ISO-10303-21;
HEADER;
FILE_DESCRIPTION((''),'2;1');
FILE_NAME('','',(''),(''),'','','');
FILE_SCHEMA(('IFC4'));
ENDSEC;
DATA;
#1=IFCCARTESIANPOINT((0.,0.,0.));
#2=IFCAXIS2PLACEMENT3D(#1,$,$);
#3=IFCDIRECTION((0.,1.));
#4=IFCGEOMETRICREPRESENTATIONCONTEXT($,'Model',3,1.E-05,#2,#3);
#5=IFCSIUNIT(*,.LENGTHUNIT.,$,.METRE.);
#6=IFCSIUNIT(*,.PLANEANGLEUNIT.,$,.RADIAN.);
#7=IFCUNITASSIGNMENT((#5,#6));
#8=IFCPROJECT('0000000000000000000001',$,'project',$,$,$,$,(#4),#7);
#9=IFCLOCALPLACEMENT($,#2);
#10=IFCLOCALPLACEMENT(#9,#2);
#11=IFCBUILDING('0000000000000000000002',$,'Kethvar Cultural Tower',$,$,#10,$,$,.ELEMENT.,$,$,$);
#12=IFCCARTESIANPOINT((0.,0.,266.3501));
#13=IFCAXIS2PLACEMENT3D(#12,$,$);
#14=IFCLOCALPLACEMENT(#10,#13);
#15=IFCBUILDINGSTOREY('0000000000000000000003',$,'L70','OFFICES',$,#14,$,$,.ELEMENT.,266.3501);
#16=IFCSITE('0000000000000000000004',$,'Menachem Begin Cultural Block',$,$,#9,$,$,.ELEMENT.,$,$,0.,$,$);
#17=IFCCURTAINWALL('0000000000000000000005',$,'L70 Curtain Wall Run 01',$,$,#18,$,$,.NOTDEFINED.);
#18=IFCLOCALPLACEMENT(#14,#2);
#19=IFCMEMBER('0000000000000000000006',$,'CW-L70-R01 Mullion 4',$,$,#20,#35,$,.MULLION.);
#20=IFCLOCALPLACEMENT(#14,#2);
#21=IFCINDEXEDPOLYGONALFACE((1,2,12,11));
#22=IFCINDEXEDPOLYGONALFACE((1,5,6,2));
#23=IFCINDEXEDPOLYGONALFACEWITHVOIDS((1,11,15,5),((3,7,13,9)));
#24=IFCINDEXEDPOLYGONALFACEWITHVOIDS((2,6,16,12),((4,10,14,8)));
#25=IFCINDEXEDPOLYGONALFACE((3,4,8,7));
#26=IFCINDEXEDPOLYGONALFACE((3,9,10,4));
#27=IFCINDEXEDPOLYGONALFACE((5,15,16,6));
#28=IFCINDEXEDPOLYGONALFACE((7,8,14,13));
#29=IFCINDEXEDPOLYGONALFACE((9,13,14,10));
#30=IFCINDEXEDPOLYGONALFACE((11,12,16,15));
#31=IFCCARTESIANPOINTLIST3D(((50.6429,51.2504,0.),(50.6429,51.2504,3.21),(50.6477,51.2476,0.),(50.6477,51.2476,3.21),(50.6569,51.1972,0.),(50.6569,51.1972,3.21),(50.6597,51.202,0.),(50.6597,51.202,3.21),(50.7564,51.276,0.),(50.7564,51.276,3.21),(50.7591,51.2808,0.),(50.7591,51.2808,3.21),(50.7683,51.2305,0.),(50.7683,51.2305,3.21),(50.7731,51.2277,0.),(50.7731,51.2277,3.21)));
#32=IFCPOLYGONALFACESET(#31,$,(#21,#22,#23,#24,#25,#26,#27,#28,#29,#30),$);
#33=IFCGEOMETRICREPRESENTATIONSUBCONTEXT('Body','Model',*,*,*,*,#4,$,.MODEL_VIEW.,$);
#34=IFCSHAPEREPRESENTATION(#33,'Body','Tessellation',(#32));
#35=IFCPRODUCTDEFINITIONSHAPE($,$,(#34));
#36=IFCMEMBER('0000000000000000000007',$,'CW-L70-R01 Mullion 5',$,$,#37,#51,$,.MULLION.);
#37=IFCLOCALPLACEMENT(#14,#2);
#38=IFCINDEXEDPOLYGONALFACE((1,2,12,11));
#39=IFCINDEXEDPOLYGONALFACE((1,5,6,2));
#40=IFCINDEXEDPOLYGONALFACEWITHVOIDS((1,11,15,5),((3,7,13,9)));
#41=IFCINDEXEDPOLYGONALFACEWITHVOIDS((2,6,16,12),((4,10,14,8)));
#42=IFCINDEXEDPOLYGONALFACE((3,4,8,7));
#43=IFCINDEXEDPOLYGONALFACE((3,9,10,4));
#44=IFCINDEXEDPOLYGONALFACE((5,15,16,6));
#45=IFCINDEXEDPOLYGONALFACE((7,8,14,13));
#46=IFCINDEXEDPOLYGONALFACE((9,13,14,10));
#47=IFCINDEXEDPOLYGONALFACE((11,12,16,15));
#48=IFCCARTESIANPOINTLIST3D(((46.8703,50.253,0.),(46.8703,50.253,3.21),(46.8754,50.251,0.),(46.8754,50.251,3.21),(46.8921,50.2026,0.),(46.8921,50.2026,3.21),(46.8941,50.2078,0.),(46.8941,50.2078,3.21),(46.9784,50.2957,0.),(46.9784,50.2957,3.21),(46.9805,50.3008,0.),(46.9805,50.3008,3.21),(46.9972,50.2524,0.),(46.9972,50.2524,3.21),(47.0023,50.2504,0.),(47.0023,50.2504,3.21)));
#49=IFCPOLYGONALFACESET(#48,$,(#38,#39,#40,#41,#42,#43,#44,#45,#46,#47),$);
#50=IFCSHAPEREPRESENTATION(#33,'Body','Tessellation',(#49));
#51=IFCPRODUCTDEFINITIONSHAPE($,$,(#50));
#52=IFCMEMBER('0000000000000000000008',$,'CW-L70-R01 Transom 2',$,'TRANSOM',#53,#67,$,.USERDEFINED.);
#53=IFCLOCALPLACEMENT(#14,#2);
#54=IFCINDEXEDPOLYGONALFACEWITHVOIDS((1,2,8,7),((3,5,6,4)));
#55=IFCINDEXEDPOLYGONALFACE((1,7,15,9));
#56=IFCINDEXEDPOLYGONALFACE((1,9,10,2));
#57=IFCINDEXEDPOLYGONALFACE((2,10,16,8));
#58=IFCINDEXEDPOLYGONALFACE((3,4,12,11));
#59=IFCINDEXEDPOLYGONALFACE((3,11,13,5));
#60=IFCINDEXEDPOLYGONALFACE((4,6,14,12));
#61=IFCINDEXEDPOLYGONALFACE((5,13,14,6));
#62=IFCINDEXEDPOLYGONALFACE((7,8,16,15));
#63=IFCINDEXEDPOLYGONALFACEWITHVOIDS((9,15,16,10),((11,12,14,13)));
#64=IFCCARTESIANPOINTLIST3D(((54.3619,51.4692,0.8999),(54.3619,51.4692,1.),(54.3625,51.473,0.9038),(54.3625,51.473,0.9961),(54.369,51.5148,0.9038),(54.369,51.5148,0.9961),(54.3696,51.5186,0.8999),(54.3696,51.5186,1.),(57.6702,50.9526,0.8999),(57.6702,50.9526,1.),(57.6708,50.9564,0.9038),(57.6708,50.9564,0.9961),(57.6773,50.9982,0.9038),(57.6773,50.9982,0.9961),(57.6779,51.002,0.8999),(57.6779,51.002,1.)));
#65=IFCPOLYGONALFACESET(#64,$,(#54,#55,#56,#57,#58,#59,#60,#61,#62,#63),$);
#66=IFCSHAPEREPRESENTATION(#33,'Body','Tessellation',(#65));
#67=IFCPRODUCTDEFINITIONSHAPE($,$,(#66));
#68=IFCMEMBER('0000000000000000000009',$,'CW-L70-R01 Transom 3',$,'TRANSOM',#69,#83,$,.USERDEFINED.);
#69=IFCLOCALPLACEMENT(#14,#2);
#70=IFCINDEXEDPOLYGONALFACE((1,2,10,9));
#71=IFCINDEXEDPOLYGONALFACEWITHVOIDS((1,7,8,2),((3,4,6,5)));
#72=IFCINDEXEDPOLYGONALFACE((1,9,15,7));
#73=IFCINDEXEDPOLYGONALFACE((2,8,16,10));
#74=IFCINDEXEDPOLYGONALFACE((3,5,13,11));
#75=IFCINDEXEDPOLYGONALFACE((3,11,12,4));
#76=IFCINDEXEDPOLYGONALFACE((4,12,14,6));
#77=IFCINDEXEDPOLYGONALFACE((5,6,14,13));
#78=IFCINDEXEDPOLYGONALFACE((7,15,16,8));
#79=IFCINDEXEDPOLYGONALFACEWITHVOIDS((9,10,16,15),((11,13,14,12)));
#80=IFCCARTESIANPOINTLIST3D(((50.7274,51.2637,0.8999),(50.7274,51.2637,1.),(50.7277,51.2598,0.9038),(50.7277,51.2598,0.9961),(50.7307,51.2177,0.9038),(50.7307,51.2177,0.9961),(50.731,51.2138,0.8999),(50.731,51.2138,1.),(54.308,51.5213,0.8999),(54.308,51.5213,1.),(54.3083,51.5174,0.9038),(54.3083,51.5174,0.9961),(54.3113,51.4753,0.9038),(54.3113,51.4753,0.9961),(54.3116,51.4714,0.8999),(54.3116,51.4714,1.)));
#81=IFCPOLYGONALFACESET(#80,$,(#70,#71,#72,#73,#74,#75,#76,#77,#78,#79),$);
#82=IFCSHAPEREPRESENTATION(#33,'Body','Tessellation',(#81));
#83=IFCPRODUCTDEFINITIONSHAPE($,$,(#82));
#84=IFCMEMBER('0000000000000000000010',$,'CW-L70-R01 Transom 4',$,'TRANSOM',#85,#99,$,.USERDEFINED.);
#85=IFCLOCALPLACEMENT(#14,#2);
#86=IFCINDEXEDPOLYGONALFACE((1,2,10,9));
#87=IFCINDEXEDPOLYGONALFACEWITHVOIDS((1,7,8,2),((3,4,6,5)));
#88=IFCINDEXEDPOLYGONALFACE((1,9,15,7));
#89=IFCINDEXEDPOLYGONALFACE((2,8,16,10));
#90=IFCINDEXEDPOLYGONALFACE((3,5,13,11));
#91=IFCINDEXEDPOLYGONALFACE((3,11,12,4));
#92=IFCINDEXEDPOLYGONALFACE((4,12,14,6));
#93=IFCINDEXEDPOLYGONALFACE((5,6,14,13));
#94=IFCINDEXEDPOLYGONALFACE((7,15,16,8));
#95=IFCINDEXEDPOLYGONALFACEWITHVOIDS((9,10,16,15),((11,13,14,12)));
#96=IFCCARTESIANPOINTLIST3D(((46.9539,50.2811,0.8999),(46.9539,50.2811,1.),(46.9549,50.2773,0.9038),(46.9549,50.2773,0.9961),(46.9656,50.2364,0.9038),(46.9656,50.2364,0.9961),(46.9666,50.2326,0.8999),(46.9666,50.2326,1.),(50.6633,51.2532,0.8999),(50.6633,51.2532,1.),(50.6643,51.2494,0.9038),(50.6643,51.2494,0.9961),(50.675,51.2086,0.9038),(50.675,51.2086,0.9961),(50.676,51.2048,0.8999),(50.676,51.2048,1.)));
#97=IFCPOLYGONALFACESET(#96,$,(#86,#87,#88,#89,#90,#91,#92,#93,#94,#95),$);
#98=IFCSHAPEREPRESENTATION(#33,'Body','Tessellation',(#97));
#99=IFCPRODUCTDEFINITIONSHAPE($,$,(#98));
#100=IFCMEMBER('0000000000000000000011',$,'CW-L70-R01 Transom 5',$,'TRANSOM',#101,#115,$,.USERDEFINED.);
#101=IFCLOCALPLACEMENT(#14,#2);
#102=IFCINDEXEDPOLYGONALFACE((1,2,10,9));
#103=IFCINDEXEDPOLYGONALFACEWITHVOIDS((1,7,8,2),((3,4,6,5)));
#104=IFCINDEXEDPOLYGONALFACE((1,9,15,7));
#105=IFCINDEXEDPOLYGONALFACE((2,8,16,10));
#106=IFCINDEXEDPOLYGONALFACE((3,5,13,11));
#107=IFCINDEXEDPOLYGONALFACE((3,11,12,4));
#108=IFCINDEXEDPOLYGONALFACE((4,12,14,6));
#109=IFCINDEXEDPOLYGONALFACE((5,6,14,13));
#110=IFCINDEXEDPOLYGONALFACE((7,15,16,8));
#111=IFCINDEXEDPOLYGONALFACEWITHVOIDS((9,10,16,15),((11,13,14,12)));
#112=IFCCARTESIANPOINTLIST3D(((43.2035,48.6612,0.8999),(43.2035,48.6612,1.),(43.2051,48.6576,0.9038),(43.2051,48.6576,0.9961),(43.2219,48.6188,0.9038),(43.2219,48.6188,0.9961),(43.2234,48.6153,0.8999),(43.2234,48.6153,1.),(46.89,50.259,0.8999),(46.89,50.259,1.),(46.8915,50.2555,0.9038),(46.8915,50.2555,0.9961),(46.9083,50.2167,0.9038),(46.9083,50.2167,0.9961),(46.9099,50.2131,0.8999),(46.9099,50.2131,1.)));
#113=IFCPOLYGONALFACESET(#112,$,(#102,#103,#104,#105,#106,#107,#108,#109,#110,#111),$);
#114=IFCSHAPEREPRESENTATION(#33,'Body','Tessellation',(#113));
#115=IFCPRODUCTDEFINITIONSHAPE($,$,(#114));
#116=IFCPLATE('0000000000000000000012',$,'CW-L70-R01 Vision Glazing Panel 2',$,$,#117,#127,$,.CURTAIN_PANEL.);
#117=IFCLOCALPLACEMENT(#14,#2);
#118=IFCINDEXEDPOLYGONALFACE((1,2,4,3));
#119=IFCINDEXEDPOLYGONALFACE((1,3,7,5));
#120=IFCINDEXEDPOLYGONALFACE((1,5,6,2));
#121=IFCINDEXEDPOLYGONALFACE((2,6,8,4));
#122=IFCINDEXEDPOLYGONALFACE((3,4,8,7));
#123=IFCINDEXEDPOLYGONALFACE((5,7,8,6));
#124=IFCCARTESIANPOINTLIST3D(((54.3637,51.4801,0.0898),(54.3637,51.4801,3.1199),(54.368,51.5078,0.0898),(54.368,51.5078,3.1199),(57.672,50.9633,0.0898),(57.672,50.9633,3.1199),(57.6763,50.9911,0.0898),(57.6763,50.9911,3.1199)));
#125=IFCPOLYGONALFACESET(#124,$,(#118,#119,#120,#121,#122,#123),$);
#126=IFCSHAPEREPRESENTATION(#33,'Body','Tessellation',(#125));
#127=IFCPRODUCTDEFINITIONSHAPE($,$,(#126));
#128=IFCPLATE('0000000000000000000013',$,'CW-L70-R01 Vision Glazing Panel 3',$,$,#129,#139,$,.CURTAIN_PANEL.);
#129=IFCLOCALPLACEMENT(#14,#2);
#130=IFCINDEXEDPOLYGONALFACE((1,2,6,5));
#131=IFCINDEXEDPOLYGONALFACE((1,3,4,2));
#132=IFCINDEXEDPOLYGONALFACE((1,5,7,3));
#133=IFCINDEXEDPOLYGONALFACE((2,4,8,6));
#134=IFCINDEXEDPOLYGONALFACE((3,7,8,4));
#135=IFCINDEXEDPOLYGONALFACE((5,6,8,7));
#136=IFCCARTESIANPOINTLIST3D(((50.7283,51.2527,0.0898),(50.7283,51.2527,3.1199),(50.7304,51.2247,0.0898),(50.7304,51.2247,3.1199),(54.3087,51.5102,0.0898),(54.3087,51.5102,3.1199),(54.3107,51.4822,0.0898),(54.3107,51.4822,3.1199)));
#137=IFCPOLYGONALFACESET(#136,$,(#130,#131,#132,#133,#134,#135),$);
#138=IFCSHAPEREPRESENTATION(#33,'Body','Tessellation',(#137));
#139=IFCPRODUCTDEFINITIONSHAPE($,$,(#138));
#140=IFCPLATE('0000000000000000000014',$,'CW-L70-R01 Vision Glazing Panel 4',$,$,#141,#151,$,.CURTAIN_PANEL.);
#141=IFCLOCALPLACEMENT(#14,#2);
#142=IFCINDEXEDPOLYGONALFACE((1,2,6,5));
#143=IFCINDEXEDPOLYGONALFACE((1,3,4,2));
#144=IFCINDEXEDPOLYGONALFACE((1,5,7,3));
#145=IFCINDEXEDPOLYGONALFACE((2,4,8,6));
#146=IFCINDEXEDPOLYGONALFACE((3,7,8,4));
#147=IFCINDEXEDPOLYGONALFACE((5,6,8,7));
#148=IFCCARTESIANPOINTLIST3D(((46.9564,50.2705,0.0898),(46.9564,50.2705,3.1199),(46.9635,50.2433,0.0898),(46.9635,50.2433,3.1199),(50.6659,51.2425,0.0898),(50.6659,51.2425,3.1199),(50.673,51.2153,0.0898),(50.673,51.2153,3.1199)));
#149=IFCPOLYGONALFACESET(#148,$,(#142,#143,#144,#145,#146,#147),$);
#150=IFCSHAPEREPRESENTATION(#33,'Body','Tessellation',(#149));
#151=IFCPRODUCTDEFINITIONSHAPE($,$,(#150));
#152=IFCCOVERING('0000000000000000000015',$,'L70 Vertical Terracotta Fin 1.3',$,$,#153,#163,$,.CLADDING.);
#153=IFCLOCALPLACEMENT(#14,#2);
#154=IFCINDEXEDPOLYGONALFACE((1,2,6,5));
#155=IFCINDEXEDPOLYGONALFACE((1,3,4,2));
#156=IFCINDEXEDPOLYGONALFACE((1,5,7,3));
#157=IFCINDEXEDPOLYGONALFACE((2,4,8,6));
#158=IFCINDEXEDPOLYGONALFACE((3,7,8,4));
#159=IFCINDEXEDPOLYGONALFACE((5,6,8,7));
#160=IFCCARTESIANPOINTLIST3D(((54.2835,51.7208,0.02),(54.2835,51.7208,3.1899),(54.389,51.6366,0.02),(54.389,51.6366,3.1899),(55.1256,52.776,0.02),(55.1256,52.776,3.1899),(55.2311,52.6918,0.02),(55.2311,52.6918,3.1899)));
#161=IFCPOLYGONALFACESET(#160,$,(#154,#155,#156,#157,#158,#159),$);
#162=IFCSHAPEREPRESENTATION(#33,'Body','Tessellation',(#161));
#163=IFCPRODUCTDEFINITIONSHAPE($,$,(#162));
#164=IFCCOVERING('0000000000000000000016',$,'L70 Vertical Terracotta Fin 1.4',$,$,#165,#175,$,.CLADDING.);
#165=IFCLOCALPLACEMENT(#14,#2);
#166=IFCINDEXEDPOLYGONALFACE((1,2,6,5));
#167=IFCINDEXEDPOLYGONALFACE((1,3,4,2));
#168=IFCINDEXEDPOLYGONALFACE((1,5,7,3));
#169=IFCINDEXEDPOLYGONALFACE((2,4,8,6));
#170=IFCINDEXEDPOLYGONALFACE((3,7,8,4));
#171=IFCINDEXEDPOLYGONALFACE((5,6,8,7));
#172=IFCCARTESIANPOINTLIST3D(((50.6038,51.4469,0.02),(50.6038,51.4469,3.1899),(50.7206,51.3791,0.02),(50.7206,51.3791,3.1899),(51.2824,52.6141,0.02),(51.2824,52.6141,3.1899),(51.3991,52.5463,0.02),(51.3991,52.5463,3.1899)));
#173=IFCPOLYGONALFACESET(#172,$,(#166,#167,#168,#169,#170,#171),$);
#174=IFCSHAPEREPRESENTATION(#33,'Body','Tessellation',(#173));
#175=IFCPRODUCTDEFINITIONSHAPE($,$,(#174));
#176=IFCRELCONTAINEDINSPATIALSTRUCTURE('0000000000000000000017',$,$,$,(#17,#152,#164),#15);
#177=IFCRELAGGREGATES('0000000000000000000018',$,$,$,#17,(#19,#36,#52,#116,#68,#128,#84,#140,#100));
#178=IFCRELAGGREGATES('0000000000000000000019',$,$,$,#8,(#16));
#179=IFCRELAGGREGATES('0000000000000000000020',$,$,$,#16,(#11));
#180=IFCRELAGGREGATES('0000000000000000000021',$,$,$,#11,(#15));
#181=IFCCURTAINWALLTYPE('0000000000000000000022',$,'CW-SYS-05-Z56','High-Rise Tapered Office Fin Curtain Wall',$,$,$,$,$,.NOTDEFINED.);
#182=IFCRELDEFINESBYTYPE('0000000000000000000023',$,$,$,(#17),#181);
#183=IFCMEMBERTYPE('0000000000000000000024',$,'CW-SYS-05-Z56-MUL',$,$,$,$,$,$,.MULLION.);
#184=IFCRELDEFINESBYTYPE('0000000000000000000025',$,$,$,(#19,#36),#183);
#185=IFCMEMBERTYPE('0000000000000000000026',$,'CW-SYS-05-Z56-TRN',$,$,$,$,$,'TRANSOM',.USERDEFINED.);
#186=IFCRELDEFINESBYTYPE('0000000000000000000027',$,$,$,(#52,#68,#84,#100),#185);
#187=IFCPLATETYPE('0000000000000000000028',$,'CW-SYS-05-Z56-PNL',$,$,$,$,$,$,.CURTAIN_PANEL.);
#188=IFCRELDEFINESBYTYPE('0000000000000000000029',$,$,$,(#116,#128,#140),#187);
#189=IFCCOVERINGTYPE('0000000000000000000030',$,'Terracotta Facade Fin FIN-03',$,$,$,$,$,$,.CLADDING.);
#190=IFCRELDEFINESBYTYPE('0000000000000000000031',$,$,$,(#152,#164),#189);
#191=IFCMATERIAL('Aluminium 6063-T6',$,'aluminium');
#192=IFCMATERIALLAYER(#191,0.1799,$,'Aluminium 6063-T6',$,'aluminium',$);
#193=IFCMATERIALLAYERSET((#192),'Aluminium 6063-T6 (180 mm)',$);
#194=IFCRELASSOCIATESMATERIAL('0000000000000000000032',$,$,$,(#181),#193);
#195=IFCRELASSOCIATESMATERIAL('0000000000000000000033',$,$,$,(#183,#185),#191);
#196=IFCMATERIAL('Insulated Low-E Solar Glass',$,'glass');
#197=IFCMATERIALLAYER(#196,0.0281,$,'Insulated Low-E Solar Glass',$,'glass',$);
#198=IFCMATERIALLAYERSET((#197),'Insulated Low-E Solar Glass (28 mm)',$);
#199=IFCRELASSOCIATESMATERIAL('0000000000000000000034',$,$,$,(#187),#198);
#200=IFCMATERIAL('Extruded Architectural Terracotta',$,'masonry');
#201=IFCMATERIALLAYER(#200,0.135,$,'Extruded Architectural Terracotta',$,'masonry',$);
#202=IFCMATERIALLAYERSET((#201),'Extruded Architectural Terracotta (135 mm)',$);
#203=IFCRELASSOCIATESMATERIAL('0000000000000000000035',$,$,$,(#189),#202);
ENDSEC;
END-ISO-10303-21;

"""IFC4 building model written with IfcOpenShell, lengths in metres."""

from ifc_helpers import new_model, si_unit, direction, frame, origin, origin_2d, place, context, subcontext, project, spatial, rectangle, hollow_rectangle, extrude, source, transform, mapped, material, layer, layer_set, material_profile, profile_set, type_object, element, aggregate, save


model = new_model("IFC4")

# Units and contexts
model_context = context("Model", 3, precision=1e-05, world=origin(), true_north=direction((0.0, 1.0)))
body_context = subcontext(model_context, "Body", "Model", "MODEL_VIEW")
ifc_project = project(units=[si_unit("LENGTHUNIT", "METRE"), si_unit("PLANEANGLEUNIT", "RADIAN")], contexts=[model_context])

# Site, building, storey
site_placement = place(None, origin())
site = spatial("IfcSite", under=ifc_project, at=site_placement, Name="Menachem Begin Cultural Block", CompositionType="ELEMENT", RefElevation=0.0)
building_placement = place(site_placement, origin())
building = spatial("IfcBuilding", under=site, at=building_placement, Name="Kethvar Cultural Tower", CompositionType="ELEMENT")
storey_placement = place(building_placement, frame((0.0, 0.0, 266.3501)))
storey = spatial("IfcBuildingStorey", under=building, at=storey_placement, Name="L70", Description="OFFICES", CompositionType="ELEMENT", Elevation=266.3501)

# Curtain wall, members, plates
ifc_material_1 = material(Name="Aluminium 6063-T6", Category="aluminium")
ifc_layer_1 = layer(ifc_material_1, 0.1799, Name="Aluminium 6063-T6", Category="aluminium")
ifc_layer_set_1 = layer_set([ifc_layer_1], Name="Aluminium 6063-T6 (180 mm)")
curtain_wall_type = type_object("IfcCurtainWallType", Name="CW-SYS-05-Z56", Description="High-Rise Tapered Office Fin Curtain Wall", PredefinedType="NOTDEFINED", material=ifc_layer_set_1)
curtain_wall_placement = place(storey_placement, origin())
curtain_wall = element("IfcCurtainWall", 1, at=curtain_wall_placement, inside=storey, type_object=curtain_wall_type, Name="L70 Curtain Wall Run 01", PredefinedType="NOTDEFINED")
ifc_material_profile_1 = material_profile(ifc_material_1, hollow_rectangle(XDim=0.0549, YDim=0.1201, WallThickness=0.0039, at=origin_2d()), Name="Aluminium 6063-T6 — RHS120x55x4")
ifc_profile_set_1 = profile_set([ifc_material_profile_1], Name="Aluminium 6063-T6 — RHS120x55x4")
member_type_1 = type_object("IfcMemberType", Name="CW-SYS-05-Z56-MUL", PredefinedType="MULLION", material=ifc_profile_set_1)
shared_shape_1 = source(origin(), body_context, "Body", "SweptSolid", [
    extrude(hollow_rectangle(XDim=0.0549, YDim=0.1201, WallThickness=0.0039, at=origin_2d()), origin(), (0.0, 0.0, 1.0), 3.21),
])
member_1_placement = place(storey_placement, frame((50.708, 51.239, 0.0), z_axis=(0.0, 0.0, 1.0), x_axis=(0.253471, -0.967343, 0.0)))
member_1 = element("IfcMember", 2, at=member_1_placement, type_object=member_type_1, Name="CW-L70-R01 Mullion 4", PredefinedType="MULLION", context=body_context, shape_type="MappedRepresentation", body=[
    mapped(shared_shape_1, transform((0.0, 0.0, 0.0), scale=1.0)),
])
member_2_placement = place(storey_placement, frame((46.9363, 50.2517, 0.0), z_axis=(0.0, 0.0, 1.0), x_axis=(0.397724, -0.917505, 0.0)))
member_2 = element("IfcMember", 3, at=member_2_placement, type_object=member_type_1, Name="CW-L70-R01 Mullion 5", PredefinedType="MULLION", context=body_context, shape_type="MappedRepresentation", body=[
    mapped(shared_shape_1, transform((0.0, 0.0, 0.0), scale=1.0)),
])
ifc_material_profile_2 = material_profile(ifc_material_1, hollow_rectangle(XDim=0.05, YDim=0.1001, WallThickness=0.0039, at=origin_2d()), Name="Aluminium 6063-T6 — RHS100x50x4")
ifc_profile_set_2 = profile_set([ifc_material_profile_2], Name="Aluminium 6063-T6 — RHS100x50x4")
member_type_2 = type_object("IfcMemberType", Name="CW-SYS-05-Z56-TRN", ElementType="TRANSOM", PredefinedType="USERDEFINED", material=ifc_profile_set_2)
shared_shape_2 = source(origin(), body_context, "Body", "SweptSolid", [
    extrude(hollow_rectangle(XDim=0.05, YDim=0.1001, WallThickness=0.0039, at=origin_2d()), origin(), (0.0, 0.0, 1.0), 3.3484),
])
member_3_placement = place(storey_placement, frame((57.6741, 50.9773, 0.95), z_axis=(-0.988027, 0.154281, 0.0), x_axis=(-0.154281, -0.988027, 0.0)))
member_3 = element("IfcMember", 4, at=member_3_placement, type_object=member_type_2, Name="CW-L70-R01 Transom 2", ObjectType="TRANSOM", PredefinedType="USERDEFINED", context=body_context, shape_type="MappedRepresentation", body=[
    mapped(shared_shape_2, transform((0.0, 0.0, 0.0), scale=1.0)),
])
shared_shape_3 = source(origin(), body_context, "Body", "SweptSolid", [
    extrude(hollow_rectangle(XDim=0.05, YDim=0.1001, WallThickness=0.0039, at=origin_2d()), origin(), (0.0, 0.0, 1.0), 3.5898),
])
member_4_placement = place(storey_placement, frame((54.3098, 51.4963, 0.95), z_axis=(-0.997423, -0.07175, 0.0), x_axis=(0.07175, -0.997423, 0.0)))
member_4 = element("IfcMember", 5, at=member_4_placement, type_object=member_type_2, Name="CW-L70-R01 Transom 3", ObjectType="TRANSOM", PredefinedType="USERDEFINED", context=body_context, shape_type="MappedRepresentation", body=[
    mapped(shared_shape_3, transform((0.0, 0.0, 0.0), scale=1.0)),
])
shared_shape_4 = source(origin(), body_context, "Body", "SweptSolid", [
    extrude(hollow_rectangle(XDim=0.05, YDim=0.1001, WallThickness=0.0039, at=origin_2d()), origin(), (0.0, 0.0, 1.0), 3.8347),
])
member_5_placement = place(storey_placement, frame((50.6697, 51.229, 0.95), z_axis=(-0.967331, -0.253515, 0.0), x_axis=(0.253515, -0.967331, 0.0)))
member_5 = element("IfcMember", 6, at=member_5_placement, type_object=member_type_2, Name="CW-L70-R01 Transom 4", ObjectType="TRANSOM", PredefinedType="USERDEFINED", context=body_context, shape_type="MappedRepresentation", body=[
    mapped(shared_shape_4, transform((0.0, 0.0, 0.0), scale=1.0)),
])
shared_shape_5 = source(origin(), body_context, "Body", "SweptSolid", [
    extrude(hollow_rectangle(XDim=0.05, YDim=0.1001, WallThickness=0.0039, at=origin_2d()), origin(), (0.0, 0.0, 1.0), 4.0178),
])
member_6_placement = place(storey_placement, frame((46.8999, 50.2361, 0.95), z_axis=(-0.917519, -0.397693, 0.0), x_axis=(0.397693, -0.917519, 0.0)))
member_6 = element("IfcMember", 7, at=member_6_placement, type_object=member_type_2, Name="CW-L70-R01 Transom 5", ObjectType="TRANSOM", PredefinedType="USERDEFINED", context=body_context, shape_type="MappedRepresentation", body=[
    mapped(shared_shape_5, transform((0.0, 0.0, 0.0), scale=1.0)),
])
ifc_material_2 = material(Name="Insulated Low-E Solar Glass", Category="glass")
ifc_layer_2 = layer(ifc_material_2, 0.0281, Name="Insulated Low-E Solar Glass", Category="glass")
ifc_layer_set_2 = layer_set([ifc_layer_2], Name="Insulated Low-E Solar Glass (28 mm)")
plate_type = type_object("IfcPlateType", Name="CW-SYS-05-Z56-PNL", PredefinedType="CURTAIN_PANEL", material=ifc_layer_set_2)
shared_shape_6 = source(origin(), body_context, "Body", "SweptSolid", [
    extrude(rectangle(XDim=3.3484, YDim=0.0281, at=origin_2d()), origin(), (0.0, 0.0, 1.0), 3.03),
])
plate_1_placement = place(storey_placement, frame((56.02, 51.2356, 0.0898), z_axis=(0.0, 0.0, 1.0), x_axis=(-0.988019, 0.154331, 0.0)))
plate_1 = element("IfcPlate", 8, at=plate_1_placement, type_object=plate_type, Name="CW-L70-R01 Vision Glazing Panel 2", PredefinedType="CURTAIN_PANEL", context=body_context, shape_type="MappedRepresentation", body=[
    mapped(shared_shape_6, transform((0.0, 0.0, 0.0), scale=1.0)),
])
shared_shape_7 = source(origin(), body_context, "Body", "SweptSolid", [
    extrude(rectangle(XDim=3.5896, YDim=0.0281, at=origin_2d()), origin(), (0.0, 0.0, 1.0), 3.03),
])
plate_2_placement = place(storey_placement, frame((52.5195, 51.3674, 0.0898), z_axis=(0.0, 0.0, 1.0), x_axis=(-0.997423, -0.071741, 0.0)))
plate_2 = element("IfcPlate", 9, at=plate_2_placement, type_object=plate_type, Name="CW-L70-R01 Vision Glazing Panel 3", PredefinedType="CURTAIN_PANEL", context=body_context, shape_type="MappedRepresentation", body=[
    mapped(shared_shape_7, transform((0.0, 0.0, 0.0), scale=1.0)),
])
shared_shape_8 = source(origin(), body_context, "Body", "SweptSolid", [
    extrude(rectangle(XDim=3.8347, YDim=0.0281, at=origin_2d()), origin(), (0.0, 0.0, 1.0), 3.03),
])
plate_3_placement = place(storey_placement, frame((48.8147, 50.7429, 0.0898), z_axis=(0.0, 0.0, 1.0), x_axis=(-0.967343, -0.253471, 0.0)))
plate_3 = element("IfcPlate", 10, at=plate_3_placement, type_object=plate_type, Name="CW-L70-R01 Vision Glazing Panel 4", PredefinedType="CURTAIN_PANEL", context=body_context, shape_type="MappedRepresentation", body=[
    mapped(shared_shape_8, transform((0.0, 0.0, 0.0), scale=1.0)),
])
aggregate(curtain_wall, [member_1, member_2, member_3, plate_1, member_4, plate_2, member_5, plate_3, member_6])

# Coverings
ifc_material_3 = material(Name="Extruded Architectural Terracotta", Category="masonry")
ifc_layer_3 = layer(ifc_material_3, 0.135, Name="Extruded Architectural Terracotta", Category="masonry")
ifc_layer_set_3 = layer_set([ifc_layer_3], Name="Extruded Architectural Terracotta (135 mm)")
covering_type = type_object("IfcCoveringType", Name="Terracotta Facade Fin FIN-03", PredefinedType="CLADDING", material=ifc_layer_set_3)
shared_shape_9 = source(origin(), body_context, "Body", "SweptSolid", [
    extrude(rectangle(XDim=1.3501, YDim=0.135, at=origin_2d()), origin(), (0.0, 0.0, 1.0), 3.1699),
])
for number, where, z_axis, x_axis, name in (
    (11, (54.7573, 52.2063, 0.02), (0.0, 0.0, 1.0), (0.623743, 0.781629, 0.0), "L70 Vertical Terracotta Fin 1.3"),
    (12, (51.0015, 51.9966, 0.02), (0.0, 0.0, 1.0), (0.502567, 0.864538, 0.0), "L70 Vertical Terracotta Fin 1.4"),
):
    element("IfcCovering", number, at=place(storey_placement, frame(where, z_axis=z_axis, x_axis=x_axis)), inside=storey, type_object=covering_type, Name=name, PredefinedType="CLADDING", context=body_context, shape_type="MappedRepresentation", body=[
        mapped(shared_shape_9, transform((0.0, 0.0, 0.0), scale=1.0)),
    ])

save(model, "model.ifc")
